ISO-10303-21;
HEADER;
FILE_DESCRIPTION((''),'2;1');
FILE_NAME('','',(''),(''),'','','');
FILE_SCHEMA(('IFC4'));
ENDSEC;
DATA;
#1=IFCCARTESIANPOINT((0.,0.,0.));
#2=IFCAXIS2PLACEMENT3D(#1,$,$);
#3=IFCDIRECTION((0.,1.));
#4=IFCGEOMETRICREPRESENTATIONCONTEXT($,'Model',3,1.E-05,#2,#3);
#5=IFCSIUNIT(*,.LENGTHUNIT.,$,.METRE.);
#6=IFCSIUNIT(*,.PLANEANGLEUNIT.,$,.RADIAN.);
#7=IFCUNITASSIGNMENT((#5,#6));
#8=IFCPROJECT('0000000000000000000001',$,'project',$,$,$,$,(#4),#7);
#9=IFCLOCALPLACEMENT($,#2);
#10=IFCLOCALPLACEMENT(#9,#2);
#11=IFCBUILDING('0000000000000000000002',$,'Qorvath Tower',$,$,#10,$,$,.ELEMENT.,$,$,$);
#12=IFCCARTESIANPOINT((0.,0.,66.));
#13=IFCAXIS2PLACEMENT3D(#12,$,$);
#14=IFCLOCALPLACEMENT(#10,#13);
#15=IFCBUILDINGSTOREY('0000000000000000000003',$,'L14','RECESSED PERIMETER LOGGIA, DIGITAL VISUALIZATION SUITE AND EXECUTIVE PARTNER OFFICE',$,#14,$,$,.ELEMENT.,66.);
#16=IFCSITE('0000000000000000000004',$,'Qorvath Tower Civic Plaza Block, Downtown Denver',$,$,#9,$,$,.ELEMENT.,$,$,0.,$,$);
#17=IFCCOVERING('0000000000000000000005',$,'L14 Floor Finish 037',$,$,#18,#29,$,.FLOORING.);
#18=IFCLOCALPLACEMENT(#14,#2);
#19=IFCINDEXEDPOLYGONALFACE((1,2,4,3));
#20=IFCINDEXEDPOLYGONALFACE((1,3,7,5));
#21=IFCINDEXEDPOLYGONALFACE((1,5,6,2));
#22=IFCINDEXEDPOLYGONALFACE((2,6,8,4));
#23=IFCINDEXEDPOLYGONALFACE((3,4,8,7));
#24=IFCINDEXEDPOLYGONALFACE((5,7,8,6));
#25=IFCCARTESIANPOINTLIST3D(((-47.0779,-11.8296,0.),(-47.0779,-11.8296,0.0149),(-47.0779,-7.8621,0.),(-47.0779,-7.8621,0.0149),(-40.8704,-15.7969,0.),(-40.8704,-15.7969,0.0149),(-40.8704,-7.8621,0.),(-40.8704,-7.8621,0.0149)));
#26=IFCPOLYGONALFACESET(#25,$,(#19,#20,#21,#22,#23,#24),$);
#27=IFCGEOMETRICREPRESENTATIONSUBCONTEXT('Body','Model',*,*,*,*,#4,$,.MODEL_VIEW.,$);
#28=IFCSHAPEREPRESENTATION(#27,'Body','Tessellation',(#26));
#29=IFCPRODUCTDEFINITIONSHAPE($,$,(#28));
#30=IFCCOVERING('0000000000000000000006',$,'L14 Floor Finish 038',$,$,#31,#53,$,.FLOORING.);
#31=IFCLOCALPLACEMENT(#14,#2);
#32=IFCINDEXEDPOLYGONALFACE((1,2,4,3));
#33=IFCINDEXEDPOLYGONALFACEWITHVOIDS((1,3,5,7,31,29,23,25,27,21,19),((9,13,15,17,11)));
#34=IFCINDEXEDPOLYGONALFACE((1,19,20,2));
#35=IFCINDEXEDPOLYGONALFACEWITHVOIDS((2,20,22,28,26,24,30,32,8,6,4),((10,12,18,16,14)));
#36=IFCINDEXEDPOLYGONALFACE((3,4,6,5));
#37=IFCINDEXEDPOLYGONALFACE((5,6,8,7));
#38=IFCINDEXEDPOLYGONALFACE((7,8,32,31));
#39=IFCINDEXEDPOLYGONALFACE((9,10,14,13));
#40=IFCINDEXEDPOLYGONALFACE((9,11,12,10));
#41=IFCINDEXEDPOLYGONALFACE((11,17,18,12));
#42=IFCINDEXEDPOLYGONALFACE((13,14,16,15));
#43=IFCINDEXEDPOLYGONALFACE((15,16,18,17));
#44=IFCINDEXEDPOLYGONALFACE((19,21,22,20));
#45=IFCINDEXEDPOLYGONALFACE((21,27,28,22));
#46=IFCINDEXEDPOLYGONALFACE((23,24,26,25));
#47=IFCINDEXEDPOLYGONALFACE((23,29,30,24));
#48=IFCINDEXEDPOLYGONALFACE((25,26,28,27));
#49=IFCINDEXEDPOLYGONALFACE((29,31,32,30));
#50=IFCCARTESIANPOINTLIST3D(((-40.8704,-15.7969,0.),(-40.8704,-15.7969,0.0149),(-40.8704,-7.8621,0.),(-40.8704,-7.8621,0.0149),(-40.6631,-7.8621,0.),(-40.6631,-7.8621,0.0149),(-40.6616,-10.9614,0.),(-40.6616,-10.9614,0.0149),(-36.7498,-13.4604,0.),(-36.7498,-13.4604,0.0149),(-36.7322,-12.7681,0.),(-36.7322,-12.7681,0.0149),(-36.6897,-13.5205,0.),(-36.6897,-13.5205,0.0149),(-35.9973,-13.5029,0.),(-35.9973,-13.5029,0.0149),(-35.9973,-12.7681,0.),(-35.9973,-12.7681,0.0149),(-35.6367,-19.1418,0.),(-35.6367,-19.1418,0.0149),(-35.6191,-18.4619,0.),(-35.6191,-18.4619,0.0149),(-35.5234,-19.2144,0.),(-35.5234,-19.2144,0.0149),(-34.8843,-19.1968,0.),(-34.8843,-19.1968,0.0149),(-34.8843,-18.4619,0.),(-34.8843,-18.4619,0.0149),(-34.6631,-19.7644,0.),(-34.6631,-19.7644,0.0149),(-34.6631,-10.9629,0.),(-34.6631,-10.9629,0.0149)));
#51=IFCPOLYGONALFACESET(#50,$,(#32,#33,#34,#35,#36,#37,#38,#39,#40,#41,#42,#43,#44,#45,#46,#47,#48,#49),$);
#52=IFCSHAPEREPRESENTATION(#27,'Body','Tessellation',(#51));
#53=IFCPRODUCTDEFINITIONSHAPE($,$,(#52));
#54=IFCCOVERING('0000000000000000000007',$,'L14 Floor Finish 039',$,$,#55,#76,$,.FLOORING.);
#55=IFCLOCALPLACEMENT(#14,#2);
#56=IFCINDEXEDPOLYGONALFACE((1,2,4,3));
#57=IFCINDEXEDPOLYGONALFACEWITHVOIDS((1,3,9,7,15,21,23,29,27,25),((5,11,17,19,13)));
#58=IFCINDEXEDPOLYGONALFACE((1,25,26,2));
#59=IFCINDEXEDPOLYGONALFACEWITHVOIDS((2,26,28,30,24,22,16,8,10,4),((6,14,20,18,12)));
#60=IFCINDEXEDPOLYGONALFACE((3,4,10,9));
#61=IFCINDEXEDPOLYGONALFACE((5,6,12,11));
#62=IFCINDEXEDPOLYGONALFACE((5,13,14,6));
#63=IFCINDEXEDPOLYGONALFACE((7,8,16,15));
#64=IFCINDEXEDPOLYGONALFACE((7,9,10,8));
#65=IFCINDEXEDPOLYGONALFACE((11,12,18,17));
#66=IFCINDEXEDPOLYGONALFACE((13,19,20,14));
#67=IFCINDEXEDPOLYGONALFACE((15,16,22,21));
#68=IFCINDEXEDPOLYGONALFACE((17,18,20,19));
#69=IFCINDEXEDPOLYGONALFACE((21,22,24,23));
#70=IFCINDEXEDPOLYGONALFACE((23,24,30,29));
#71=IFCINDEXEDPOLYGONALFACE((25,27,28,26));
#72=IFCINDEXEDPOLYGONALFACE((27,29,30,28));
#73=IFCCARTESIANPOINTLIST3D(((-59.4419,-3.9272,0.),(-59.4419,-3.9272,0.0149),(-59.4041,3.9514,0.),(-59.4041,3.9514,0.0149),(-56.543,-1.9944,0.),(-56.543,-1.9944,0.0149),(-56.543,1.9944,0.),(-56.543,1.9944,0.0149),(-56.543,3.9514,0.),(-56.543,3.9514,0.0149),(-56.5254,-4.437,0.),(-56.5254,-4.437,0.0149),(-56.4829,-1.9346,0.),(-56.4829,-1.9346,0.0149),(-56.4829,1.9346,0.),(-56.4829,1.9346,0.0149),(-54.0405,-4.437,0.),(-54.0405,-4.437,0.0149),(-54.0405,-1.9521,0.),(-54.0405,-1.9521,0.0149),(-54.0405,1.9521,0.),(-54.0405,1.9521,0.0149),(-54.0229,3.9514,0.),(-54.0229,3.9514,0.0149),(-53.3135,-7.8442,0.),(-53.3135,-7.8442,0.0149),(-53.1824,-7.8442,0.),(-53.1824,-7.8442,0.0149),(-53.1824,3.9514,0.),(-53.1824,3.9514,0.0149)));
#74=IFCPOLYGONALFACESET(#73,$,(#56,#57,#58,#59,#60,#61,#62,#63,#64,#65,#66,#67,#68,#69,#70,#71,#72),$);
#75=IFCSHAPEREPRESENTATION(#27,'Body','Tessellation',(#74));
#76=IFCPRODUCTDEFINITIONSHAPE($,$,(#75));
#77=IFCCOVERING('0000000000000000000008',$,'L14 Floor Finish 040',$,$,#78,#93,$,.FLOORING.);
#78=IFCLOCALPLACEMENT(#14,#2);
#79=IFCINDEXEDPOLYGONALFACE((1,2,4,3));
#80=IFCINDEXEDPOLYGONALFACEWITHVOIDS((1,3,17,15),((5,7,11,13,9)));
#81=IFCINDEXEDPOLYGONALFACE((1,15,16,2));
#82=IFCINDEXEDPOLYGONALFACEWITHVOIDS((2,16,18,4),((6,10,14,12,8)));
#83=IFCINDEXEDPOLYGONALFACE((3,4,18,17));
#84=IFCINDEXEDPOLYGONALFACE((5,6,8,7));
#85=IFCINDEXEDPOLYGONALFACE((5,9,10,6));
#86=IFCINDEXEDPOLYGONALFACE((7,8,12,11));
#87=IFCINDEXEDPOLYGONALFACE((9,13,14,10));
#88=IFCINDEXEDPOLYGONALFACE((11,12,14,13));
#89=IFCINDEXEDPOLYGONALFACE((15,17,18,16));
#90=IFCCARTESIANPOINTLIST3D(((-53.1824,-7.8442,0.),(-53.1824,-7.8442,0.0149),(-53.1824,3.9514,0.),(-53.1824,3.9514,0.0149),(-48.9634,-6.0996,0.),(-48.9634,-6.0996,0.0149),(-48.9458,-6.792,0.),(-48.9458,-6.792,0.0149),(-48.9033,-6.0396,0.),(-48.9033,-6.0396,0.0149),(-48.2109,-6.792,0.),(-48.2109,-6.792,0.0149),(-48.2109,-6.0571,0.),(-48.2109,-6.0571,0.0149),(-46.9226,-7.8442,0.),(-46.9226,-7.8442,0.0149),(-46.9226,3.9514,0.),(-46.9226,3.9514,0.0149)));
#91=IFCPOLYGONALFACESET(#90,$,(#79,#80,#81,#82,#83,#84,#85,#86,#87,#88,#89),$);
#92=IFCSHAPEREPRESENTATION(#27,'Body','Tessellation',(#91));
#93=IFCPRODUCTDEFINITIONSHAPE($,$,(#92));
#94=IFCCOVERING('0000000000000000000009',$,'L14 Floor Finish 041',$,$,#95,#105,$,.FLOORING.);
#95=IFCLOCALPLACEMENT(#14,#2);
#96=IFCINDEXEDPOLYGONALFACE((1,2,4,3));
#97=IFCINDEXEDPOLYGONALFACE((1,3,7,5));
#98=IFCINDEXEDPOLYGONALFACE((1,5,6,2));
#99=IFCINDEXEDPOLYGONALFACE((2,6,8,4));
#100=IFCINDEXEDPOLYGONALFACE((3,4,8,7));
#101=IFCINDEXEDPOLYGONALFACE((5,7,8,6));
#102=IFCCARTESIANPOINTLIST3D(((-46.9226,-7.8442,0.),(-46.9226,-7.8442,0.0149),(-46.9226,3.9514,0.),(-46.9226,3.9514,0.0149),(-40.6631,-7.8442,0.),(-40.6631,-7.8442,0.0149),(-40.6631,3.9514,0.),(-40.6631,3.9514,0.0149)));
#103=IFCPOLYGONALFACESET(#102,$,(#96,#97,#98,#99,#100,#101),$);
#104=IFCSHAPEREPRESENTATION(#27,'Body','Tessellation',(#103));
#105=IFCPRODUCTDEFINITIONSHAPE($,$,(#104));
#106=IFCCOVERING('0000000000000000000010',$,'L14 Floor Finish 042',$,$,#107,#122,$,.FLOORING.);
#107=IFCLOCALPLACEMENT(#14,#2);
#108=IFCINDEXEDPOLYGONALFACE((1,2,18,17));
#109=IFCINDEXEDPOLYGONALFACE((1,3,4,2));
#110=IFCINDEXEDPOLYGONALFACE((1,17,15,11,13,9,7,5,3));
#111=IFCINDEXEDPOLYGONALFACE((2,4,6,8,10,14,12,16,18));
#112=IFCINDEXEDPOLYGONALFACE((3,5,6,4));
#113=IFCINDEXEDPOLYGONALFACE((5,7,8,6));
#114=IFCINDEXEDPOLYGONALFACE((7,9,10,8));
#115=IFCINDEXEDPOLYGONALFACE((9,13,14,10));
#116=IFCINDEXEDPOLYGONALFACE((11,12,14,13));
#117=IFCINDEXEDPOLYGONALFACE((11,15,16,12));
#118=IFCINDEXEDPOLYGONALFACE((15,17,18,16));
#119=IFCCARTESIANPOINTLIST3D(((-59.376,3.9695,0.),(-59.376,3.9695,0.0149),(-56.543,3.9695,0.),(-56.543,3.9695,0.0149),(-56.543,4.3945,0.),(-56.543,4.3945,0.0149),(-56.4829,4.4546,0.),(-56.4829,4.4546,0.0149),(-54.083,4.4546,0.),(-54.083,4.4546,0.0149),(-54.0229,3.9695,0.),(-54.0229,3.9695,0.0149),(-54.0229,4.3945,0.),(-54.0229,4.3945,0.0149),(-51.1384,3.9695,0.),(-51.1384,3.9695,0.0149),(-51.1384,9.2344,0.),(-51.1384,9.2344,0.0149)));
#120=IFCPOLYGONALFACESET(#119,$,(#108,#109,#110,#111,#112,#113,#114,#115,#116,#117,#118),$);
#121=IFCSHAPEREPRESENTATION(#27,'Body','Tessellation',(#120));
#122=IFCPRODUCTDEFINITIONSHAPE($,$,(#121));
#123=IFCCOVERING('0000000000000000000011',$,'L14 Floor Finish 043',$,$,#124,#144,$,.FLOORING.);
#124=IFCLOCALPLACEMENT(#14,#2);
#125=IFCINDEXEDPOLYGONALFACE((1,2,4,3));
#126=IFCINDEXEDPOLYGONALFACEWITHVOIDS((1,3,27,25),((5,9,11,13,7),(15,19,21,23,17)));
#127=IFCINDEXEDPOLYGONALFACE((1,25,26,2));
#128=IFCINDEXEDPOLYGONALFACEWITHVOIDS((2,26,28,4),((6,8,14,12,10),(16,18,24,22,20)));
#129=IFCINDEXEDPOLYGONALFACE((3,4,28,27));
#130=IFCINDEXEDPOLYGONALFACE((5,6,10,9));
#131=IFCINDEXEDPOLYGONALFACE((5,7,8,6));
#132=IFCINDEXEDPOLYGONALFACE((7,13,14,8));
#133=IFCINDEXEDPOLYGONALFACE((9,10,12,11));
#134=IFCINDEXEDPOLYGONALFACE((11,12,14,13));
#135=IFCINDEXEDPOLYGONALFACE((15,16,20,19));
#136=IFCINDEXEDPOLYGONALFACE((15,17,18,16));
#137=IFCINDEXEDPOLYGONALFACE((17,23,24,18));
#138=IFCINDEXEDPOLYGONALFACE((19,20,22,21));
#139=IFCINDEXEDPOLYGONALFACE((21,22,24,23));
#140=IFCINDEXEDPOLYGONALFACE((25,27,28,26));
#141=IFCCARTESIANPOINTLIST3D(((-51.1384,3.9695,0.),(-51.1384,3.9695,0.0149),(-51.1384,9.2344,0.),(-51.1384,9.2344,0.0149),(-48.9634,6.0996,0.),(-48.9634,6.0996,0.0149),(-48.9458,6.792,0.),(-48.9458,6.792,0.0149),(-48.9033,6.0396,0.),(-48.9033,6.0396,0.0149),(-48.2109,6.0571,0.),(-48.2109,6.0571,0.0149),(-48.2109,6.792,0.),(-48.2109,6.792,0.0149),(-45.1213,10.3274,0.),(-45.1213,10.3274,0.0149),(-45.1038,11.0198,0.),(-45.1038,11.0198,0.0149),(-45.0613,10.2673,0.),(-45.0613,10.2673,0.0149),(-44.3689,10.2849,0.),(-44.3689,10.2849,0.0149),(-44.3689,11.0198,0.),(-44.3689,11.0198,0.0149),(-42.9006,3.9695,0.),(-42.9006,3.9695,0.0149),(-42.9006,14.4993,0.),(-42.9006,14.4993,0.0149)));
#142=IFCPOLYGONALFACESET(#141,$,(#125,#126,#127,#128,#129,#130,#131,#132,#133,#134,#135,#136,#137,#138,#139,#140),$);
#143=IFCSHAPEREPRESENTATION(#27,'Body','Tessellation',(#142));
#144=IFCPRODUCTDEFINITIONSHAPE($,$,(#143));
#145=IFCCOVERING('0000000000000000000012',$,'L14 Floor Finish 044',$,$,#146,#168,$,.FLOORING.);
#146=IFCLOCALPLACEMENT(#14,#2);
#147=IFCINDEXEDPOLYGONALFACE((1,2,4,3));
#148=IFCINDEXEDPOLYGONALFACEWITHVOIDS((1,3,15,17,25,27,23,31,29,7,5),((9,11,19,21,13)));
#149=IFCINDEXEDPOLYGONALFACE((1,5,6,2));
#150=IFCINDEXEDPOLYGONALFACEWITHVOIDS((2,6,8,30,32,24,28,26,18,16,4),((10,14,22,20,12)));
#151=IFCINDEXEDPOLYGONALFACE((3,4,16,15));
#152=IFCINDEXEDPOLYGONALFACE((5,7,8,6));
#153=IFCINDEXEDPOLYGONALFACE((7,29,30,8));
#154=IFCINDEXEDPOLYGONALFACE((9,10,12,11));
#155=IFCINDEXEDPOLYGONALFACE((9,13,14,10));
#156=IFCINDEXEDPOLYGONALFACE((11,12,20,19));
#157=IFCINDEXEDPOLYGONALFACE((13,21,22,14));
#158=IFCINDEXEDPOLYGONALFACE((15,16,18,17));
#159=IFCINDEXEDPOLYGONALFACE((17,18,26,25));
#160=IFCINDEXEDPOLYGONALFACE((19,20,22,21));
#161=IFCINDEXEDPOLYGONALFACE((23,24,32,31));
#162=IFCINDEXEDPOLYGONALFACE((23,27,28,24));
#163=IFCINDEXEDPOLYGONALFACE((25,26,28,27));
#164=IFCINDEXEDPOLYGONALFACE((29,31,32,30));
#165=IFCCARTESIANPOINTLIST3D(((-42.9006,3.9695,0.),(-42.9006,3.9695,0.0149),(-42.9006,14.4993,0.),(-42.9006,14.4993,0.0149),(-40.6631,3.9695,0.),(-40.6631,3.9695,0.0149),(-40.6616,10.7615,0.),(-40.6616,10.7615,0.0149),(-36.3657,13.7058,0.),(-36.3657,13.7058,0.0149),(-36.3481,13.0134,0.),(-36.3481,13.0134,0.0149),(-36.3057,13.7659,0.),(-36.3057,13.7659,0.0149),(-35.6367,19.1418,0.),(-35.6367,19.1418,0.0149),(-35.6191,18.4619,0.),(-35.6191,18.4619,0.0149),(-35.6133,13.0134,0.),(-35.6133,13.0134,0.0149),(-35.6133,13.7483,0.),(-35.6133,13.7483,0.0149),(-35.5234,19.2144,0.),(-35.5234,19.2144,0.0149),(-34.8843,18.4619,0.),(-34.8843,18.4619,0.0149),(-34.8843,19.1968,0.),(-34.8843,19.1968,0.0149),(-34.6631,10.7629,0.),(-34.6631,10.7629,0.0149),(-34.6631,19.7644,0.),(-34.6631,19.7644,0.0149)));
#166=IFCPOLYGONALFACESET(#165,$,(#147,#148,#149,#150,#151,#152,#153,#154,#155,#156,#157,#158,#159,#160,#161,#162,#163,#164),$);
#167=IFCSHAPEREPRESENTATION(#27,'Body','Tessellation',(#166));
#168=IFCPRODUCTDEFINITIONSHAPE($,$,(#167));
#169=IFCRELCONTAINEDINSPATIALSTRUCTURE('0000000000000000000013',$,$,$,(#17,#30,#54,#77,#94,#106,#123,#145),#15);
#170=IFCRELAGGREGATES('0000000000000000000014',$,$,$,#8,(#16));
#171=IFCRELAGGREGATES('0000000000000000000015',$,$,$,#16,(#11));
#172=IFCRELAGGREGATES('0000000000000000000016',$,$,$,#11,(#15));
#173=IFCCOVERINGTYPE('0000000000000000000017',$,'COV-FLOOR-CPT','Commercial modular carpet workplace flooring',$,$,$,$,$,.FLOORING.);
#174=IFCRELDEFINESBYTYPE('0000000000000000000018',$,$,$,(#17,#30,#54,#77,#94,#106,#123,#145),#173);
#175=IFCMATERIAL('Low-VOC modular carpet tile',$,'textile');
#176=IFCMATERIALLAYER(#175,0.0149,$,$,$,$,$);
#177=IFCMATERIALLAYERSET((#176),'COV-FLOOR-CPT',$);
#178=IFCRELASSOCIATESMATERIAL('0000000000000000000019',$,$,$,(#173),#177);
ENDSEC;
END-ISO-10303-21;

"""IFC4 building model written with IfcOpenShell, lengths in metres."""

from ifc_helpers import new_model, si_unit, direction, frame, origin, place, context, subcontext, project, spatial, polyline, outline, extrude, material, layer, layer_set, type_object, element, save


model = new_model("IFC4")

# Units and contexts
model_context = context("Model", 3, precision=1e-05, world=origin(), true_north=direction((0.0, 1.0)))
body_context = subcontext(model_context, "Body", "Model", "MODEL_VIEW")
ifc_project = project(units=[si_unit("LENGTHUNIT", "METRE"), si_unit("PLANEANGLEUNIT", "RADIAN")], contexts=[model_context])

# Site, building, storey
site_placement = place(None, origin())
site = spatial("IfcSite", under=ifc_project, at=site_placement, Name="Qorvath Tower Civic Plaza Block, Downtown Denver", CompositionType="ELEMENT", RefElevation=0.0)
building_placement = place(site_placement, origin())
building = spatial("IfcBuilding", under=site, at=building_placement, Name="Qorvath Tower", CompositionType="ELEMENT")
storey_placement = place(building_placement, frame((0.0, 0.0, 66.0)))
storey = spatial("IfcBuildingStorey", under=building, at=storey_placement, Name="L14", Description="RECESSED PERIMETER LOGGIA, DIGITAL VISUALIZATION SUITE AND EXECUTIVE PARTNER OFFICE", CompositionType="ELEMENT", Elevation=66.0)

# Coverings
ifc_material_1 = material(Name="Low-VOC modular carpet tile", Category="textile")
ifc_layer_1 = layer(ifc_material_1, 0.0149)
ifc_layer_set_1 = layer_set([ifc_layer_1], Name="COV-FLOOR-CPT")
covering_type_1 = type_object("IfcCoveringType", Name="COV-FLOOR-CPT", Description="Commercial modular carpet workplace flooring", PredefinedType="FLOORING", material=ifc_layer_set_1)
covering_1_placement = place(storey_placement, origin())
element("IfcCovering", 1, at=covering_1_placement, inside=storey, type_object=covering_type_1, Name="L14 Floor Finish 037", PredefinedType="FLOORING", context=body_context, shape_type="SweptSolid", body=[
    extrude(outline(polyline([(-40.8704, -15.7969), (-40.8704, -7.8621), (-47.0779, -7.8621), (-47.0779, -11.8296), (-40.8704, -15.7969)])), origin(), (0.0, 0.0, 1.0), 0.0149),
])
covering_2_placement = place(storey_placement, origin())
element("IfcCovering", 2, at=covering_2_placement, inside=storey, type_object=covering_type_1, Name="L14 Floor Finish 038", PredefinedType="FLOORING", context=body_context, shape_type="SweptSolid", body=[
    extrude(outline(polyline([(-40.6631, -7.8621), (-40.8704, -7.8621), (-40.8704, -15.7969), (-35.6367, -19.1418), (-35.6191, -18.4619), (-34.8843, -18.4619), (-34.8843, -19.1968), (-35.5234, -19.2144), (-34.6631, -19.7644), (-34.6631, -10.9629), (-40.6616, -10.9614), (-40.6631, -7.8621)]), holes=[polyline([(-36.7498, -13.4604), (-36.7322, -12.7681), (-35.9973, -12.7681), (-35.9973, -13.5029), (-36.6897, -13.5205), (-36.7498, -13.4604)])]), origin(), (0.0, 0.0, 1.0), 0.0149),
])
covering_3_placement = place(storey_placement, origin())
element("IfcCovering", 3, at=covering_3_placement, inside=storey, type_object=covering_type_1, Name="L14 Floor Finish 039", PredefinedType="FLOORING", context=body_context, shape_type="SweptSolid", body=[
    extrude(outline(polyline([(-59.4041, 3.9514), (-59.4419, -3.9272), (-53.3135, -7.8442), (-53.1824, -7.8442), (-53.1824, 3.9514), (-54.0229, 3.9514), (-54.0405, 1.9521), (-56.4829, 1.9346), (-56.543, 1.9944), (-56.543, 3.9514), (-59.4041, 3.9514)]), holes=[polyline([(-56.543, -1.9944), (-56.4829, -1.9346), (-54.0405, -1.9521), (-54.0405, -4.437), (-56.5254, -4.437), (-56.543, -1.9944)])]), origin(), (0.0, 0.0, 1.0), 0.0149),
])
covering_4_placement = place(storey_placement, origin())
element("IfcCovering", 4, at=covering_4_placement, inside=storey, type_object=covering_type_1, Name="L14 Floor Finish 040", PredefinedType="FLOORING", context=body_context, shape_type="SweptSolid", body=[
    extrude(outline(polyline([(-53.1824, 3.9514), (-53.1824, -7.8442), (-46.9226, -7.8442), (-46.9226, 3.9514), (-53.1824, 3.9514)]), holes=[polyline([(-48.9634, -6.0996), (-48.9033, -6.0396), (-48.2109, -6.0571), (-48.2109, -6.792), (-48.9458, -6.792), (-48.9634, -6.0996)])]), origin(), (0.0, 0.0, 1.0), 0.0149),
])
covering_5_placement = place(storey_placement, origin())
element("IfcCovering", 5, at=covering_5_placement, inside=storey, type_object=covering_type_1, Name="L14 Floor Finish 041", PredefinedType="FLOORING", context=body_context, shape_type="SweptSolid", body=[
    extrude(outline(polyline([(-46.9226, 3.9514), (-46.9226, -7.8442), (-40.6631, -7.8442), (-40.6631, 3.9514), (-46.9226, 3.9514)])), origin(), (0.0, 0.0, 1.0), 0.0149),
])
covering_6_placement = place(storey_placement, origin())
element("IfcCovering", 6, at=covering_6_placement, inside=storey, type_object=covering_type_1, Name="L14 Floor Finish 042", PredefinedType="FLOORING", context=body_context, shape_type="SweptSolid", body=[
    extrude(outline(polyline([(-51.1384, 3.9695), (-51.1384, 9.2344), (-59.376, 3.9695), (-56.543, 3.9695), (-56.543, 4.3945), (-56.4829, 4.4546), (-54.083, 4.4546), (-54.0229, 4.3945), (-54.0229, 3.9695), (-51.1384, 3.9695)])), origin(), (0.0, 0.0, 1.0), 0.0149),
])
covering_7_placement = place(storey_placement, origin())
element("IfcCovering", 7, at=covering_7_placement, inside=storey, type_object=covering_type_1, Name="L14 Floor Finish 043", PredefinedType="FLOORING", context=body_context, shape_type="SweptSolid", body=[
    extrude(outline(polyline([(-42.9006, 3.9695), (-42.9006, 14.4993), (-51.1384, 9.2344), (-51.1384, 3.9695), (-42.9006, 3.9695)]), holes=[polyline([(-45.1213, 10.3274), (-45.1038, 11.0198), (-44.3689, 11.0198), (-44.3689, 10.2849), (-45.0613, 10.2673), (-45.1213, 10.3274)]), polyline([(-48.9634, 6.0996), (-48.9458, 6.792), (-48.2109, 6.792), (-48.2109, 6.0571), (-48.9033, 6.0396), (-48.9634, 6.0996)])]), origin(), (0.0, 0.0, 1.0), 0.0149),
])
covering_8_placement = place(storey_placement, origin())
element("IfcCovering", 8, at=covering_8_placement, inside=storey, type_object=covering_type_1, Name="L14 Floor Finish 044", PredefinedType="FLOORING", context=body_context, shape_type="SweptSolid", body=[
    extrude(outline(polyline([(-34.6631, 10.7629), (-34.6631, 19.7644), (-35.5234, 19.2144), (-34.8843, 19.1968), (-34.8843, 18.4619), (-35.6191, 18.4619), (-35.6367, 19.1418), (-42.9006, 14.4993), (-42.9006, 3.9695), (-40.6631, 3.9695), (-40.6616, 10.7615), (-34.6631, 10.7629)]), holes=[polyline([(-36.3657, 13.7058), (-36.3057, 13.7659), (-35.6133, 13.7483), (-35.6133, 13.0134), (-36.3481, 13.0134), (-36.3657, 13.7058)])]), origin(), (0.0, 0.0, 1.0), 0.0149),
])

save(model, "model.ifc")
